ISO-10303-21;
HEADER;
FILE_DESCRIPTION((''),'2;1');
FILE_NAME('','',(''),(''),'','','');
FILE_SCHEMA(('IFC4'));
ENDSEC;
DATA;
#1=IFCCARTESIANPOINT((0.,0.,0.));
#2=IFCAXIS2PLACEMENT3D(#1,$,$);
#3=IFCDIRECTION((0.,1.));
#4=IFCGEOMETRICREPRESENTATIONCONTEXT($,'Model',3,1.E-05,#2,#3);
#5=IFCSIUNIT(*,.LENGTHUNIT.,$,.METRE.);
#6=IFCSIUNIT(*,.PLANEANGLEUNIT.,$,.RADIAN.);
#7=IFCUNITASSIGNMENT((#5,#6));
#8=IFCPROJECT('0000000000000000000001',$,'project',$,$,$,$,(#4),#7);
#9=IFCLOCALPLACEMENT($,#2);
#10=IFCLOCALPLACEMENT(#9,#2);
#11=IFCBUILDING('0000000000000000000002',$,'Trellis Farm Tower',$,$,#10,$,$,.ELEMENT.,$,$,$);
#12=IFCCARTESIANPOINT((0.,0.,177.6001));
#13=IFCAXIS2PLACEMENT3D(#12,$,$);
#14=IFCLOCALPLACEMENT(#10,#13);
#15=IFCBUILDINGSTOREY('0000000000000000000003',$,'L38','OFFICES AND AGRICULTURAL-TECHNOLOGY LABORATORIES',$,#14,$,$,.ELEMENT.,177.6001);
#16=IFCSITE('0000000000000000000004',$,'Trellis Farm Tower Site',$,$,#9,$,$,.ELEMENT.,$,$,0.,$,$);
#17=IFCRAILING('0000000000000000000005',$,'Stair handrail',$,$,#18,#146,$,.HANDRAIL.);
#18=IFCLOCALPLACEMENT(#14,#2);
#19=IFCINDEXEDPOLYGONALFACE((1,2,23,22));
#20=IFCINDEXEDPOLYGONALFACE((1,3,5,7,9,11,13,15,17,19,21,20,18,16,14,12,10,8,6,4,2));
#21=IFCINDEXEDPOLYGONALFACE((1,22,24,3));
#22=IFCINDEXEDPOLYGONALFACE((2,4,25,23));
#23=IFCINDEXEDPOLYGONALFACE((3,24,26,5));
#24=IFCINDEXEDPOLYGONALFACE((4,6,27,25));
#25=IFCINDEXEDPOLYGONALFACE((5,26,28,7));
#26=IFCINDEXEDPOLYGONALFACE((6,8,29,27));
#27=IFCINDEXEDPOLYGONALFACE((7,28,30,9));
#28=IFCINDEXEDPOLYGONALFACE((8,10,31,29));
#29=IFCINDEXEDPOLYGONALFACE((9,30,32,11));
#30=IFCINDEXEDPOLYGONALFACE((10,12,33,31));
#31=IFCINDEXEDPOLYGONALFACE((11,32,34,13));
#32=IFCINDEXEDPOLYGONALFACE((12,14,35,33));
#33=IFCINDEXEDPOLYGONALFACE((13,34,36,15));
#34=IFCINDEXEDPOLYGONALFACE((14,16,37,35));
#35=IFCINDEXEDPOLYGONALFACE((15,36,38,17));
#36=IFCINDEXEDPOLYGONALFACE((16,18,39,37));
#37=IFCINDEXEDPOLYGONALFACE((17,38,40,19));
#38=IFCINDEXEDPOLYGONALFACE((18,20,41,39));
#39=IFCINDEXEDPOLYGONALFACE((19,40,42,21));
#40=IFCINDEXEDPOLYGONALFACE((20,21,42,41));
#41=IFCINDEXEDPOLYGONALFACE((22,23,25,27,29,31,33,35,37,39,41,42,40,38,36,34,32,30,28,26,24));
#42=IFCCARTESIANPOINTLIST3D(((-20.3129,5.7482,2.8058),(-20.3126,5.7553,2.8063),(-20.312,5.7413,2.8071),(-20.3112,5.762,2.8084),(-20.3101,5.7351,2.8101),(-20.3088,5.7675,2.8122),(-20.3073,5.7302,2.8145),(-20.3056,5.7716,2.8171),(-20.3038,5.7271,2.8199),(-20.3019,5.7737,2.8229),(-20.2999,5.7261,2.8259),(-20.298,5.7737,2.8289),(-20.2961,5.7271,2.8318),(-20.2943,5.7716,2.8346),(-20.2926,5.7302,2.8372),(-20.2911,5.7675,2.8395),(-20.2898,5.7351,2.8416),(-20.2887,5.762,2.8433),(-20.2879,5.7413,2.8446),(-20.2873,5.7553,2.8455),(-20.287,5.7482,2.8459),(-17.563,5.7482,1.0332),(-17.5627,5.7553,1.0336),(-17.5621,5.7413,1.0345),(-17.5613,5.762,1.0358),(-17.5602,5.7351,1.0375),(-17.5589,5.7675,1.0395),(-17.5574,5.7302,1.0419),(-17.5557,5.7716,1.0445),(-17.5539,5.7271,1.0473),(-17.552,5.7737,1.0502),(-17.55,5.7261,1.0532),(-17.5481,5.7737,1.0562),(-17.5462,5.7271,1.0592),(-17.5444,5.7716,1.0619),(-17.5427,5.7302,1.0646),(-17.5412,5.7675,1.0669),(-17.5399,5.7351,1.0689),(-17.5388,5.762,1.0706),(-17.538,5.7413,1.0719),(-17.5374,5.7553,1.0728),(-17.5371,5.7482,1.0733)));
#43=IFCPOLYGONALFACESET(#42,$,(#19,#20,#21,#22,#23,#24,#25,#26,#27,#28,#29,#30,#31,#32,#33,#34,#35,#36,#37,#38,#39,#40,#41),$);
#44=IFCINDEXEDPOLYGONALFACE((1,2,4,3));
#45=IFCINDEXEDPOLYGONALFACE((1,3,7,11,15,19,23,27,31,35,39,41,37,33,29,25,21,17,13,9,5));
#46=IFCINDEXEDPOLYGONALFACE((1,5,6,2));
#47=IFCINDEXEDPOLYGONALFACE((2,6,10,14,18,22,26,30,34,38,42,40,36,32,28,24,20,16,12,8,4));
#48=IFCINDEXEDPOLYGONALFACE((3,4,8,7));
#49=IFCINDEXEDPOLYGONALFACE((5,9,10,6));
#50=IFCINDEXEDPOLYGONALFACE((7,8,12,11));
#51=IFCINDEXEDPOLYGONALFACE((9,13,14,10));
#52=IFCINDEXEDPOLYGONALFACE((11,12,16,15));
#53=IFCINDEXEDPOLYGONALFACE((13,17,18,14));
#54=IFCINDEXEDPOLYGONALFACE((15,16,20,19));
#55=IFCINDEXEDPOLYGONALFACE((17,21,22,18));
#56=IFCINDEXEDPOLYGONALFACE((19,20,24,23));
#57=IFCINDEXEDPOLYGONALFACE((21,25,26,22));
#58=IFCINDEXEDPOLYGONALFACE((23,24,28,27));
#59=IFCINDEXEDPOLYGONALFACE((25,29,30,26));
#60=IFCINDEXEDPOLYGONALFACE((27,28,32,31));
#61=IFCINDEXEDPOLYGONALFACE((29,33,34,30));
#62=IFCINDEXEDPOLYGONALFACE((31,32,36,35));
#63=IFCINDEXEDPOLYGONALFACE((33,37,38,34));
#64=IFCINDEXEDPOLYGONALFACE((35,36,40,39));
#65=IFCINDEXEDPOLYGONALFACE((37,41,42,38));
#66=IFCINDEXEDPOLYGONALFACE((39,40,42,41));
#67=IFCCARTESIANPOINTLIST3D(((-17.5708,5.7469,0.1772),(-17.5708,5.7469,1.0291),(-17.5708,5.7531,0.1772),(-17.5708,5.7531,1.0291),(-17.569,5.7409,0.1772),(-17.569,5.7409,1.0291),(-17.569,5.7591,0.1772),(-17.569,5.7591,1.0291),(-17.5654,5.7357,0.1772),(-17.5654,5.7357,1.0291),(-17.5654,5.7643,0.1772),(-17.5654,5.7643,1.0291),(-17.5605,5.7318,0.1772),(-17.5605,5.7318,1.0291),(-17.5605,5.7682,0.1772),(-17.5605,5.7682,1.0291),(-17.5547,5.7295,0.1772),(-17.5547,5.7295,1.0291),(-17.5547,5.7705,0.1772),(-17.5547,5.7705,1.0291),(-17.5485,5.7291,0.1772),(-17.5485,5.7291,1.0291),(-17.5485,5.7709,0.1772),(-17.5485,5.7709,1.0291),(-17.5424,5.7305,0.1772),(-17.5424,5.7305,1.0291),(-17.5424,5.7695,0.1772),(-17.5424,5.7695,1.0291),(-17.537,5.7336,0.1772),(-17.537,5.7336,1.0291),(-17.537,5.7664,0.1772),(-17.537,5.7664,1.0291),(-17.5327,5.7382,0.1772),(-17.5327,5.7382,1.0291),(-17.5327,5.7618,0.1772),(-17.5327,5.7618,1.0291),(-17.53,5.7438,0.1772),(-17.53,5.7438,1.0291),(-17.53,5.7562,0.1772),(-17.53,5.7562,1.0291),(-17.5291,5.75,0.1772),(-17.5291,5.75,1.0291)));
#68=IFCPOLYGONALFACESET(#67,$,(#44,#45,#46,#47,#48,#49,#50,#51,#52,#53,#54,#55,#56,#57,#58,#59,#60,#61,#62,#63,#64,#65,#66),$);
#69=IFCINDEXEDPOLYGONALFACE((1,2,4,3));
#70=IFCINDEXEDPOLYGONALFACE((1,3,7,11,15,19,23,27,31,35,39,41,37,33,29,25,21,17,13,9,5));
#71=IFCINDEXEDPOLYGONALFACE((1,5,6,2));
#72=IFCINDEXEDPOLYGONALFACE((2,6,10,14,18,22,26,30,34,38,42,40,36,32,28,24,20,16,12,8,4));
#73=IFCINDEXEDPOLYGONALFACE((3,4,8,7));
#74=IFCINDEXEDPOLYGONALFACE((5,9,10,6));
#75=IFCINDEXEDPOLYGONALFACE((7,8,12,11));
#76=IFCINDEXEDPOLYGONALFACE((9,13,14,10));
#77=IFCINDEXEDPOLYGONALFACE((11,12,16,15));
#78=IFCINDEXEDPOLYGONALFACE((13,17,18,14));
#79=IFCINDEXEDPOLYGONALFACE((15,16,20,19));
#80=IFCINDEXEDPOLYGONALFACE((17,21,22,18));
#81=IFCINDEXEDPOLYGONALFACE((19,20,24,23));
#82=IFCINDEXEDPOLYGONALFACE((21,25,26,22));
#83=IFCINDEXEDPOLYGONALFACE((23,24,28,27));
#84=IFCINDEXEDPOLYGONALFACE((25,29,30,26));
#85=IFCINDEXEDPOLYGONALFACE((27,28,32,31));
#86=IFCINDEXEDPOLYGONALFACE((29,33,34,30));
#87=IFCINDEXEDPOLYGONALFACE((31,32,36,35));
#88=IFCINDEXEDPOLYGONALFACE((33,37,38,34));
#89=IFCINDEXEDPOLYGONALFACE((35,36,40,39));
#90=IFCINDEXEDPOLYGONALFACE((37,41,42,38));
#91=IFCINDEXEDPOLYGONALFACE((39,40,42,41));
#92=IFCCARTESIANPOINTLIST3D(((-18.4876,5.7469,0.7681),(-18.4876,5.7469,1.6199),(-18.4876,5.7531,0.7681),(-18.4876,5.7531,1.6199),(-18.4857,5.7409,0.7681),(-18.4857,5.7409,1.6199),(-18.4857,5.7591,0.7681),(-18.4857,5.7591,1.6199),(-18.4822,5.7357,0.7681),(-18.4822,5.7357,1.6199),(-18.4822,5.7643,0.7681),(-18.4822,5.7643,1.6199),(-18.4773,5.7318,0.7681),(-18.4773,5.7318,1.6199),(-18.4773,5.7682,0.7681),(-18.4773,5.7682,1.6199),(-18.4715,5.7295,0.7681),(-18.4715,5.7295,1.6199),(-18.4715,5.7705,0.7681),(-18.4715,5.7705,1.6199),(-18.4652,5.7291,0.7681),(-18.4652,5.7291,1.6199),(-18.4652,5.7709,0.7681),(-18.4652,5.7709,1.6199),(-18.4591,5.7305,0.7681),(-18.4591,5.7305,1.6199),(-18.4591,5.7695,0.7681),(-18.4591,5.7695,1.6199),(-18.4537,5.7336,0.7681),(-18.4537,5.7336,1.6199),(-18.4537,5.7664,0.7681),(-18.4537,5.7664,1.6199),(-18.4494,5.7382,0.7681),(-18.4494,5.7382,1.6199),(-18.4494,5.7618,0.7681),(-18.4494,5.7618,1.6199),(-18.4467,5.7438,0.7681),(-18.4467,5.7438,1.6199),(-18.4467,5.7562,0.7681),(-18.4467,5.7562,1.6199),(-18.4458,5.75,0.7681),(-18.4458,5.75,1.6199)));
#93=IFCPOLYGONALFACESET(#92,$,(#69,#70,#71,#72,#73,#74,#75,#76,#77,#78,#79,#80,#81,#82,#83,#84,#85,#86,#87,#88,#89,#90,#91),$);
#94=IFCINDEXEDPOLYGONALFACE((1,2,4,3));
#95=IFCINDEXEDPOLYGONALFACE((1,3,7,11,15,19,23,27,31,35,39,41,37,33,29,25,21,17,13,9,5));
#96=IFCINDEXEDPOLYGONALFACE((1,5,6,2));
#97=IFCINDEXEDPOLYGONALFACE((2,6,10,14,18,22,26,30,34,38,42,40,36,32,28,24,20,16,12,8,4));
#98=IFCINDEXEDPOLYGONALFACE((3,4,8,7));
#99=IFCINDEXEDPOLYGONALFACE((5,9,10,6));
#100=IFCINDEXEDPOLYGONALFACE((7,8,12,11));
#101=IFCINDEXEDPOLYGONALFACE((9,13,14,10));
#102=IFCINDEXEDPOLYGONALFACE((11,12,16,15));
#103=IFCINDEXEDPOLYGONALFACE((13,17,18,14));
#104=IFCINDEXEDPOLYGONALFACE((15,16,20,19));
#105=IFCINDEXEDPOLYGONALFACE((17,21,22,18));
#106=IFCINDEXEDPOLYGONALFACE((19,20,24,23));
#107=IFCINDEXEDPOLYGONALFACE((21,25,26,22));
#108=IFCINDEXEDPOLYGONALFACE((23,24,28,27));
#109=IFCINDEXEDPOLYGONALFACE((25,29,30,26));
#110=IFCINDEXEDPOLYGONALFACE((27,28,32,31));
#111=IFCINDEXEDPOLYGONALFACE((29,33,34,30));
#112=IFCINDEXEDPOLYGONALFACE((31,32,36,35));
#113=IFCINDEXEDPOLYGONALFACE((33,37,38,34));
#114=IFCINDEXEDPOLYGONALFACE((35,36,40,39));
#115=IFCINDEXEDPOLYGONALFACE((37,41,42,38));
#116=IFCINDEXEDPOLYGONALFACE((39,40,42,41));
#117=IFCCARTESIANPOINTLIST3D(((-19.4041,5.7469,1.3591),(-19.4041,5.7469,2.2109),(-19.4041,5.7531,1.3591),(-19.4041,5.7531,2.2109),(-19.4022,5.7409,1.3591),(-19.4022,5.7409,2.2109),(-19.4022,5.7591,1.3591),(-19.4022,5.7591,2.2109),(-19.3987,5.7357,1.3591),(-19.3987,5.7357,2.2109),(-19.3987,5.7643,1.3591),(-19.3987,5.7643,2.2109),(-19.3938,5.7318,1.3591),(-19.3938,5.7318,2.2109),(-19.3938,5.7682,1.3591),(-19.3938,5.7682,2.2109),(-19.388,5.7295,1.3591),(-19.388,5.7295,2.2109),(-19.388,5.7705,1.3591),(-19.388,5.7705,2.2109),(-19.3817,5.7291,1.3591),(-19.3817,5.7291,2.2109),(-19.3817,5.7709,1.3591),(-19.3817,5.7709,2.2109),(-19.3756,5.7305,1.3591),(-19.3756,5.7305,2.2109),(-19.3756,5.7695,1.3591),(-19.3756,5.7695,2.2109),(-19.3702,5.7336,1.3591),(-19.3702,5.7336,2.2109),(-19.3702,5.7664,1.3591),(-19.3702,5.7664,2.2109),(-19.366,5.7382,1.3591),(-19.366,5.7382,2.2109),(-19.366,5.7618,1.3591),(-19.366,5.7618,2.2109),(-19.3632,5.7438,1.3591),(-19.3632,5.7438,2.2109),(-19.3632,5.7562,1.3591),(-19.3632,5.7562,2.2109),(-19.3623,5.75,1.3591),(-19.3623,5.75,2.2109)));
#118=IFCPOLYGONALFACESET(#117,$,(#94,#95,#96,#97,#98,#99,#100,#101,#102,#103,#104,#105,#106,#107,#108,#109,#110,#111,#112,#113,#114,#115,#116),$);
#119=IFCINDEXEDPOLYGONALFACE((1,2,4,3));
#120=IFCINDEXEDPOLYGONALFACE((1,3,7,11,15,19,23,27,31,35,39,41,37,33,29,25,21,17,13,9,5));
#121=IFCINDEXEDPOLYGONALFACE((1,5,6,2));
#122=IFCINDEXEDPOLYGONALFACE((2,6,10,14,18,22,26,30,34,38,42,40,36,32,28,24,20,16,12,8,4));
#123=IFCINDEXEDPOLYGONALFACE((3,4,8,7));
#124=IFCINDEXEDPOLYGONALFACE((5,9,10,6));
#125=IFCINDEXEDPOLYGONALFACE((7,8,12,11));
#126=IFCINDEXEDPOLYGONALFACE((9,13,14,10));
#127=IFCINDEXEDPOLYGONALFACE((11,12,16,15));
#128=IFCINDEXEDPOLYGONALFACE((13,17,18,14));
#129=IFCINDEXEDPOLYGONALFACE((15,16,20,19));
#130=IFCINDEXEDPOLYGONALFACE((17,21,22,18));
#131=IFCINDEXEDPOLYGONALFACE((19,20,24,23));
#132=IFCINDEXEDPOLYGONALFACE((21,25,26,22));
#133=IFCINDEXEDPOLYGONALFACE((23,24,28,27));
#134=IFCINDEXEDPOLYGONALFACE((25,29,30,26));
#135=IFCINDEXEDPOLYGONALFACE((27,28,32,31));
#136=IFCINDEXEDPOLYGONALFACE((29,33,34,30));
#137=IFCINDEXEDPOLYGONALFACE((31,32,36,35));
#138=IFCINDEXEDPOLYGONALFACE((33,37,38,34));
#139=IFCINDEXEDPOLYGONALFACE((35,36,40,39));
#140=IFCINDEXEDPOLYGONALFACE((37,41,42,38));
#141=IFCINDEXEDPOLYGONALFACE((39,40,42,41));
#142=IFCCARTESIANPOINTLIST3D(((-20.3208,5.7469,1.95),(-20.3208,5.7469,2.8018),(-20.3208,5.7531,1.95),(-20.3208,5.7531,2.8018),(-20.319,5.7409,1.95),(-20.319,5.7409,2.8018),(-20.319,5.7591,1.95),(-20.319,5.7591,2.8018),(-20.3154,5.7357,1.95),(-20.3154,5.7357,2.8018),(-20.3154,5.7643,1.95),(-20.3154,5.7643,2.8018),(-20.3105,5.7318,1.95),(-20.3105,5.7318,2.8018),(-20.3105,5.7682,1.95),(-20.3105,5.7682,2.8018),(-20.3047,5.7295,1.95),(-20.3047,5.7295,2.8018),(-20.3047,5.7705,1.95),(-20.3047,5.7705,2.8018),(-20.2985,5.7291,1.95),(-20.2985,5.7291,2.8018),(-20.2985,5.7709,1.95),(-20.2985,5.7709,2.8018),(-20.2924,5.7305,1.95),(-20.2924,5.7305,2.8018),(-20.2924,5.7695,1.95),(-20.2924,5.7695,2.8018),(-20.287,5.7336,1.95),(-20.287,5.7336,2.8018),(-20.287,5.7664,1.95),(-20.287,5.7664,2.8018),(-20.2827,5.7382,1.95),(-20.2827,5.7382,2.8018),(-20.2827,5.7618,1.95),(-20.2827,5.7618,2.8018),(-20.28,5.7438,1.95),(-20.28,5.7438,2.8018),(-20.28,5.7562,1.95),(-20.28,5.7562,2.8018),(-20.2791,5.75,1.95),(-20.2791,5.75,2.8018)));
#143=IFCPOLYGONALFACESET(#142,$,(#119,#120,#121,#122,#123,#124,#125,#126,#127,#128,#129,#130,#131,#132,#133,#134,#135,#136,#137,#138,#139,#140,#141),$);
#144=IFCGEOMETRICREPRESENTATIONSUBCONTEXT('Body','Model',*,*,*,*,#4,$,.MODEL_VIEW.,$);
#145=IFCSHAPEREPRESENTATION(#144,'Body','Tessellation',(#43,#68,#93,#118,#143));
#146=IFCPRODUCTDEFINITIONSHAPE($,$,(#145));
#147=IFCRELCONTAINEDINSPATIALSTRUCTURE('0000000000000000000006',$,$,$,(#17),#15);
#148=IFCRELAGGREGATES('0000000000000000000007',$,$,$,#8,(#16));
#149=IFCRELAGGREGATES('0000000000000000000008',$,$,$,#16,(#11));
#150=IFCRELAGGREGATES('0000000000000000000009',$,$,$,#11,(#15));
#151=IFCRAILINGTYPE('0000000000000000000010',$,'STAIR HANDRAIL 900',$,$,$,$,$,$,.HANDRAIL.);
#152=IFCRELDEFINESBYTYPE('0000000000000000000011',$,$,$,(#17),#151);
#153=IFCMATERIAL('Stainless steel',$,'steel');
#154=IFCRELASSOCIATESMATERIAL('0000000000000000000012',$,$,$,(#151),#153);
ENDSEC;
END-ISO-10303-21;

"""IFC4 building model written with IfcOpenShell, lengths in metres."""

from ifc_helpers import new_model, si_unit, direction, frame, origin, origin_2d, place, context, subcontext, project, spatial, circle, extrude, source, transform, mapped, material, type_object, element, save


model = new_model("IFC4")

# Units and contexts
model_context = context("Model", 3, precision=1e-05, world=origin(), true_north=direction((0.0, 1.0)))
body_context = subcontext(model_context, "Body", "Model", "MODEL_VIEW")
ifc_project = project(units=[si_unit("LENGTHUNIT", "METRE"), si_unit("PLANEANGLEUNIT", "RADIAN")], contexts=[model_context])

# Site, building, storey
site_placement = place(None, origin())
site = spatial("IfcSite", under=ifc_project, at=site_placement, Name="Trellis Farm Tower Site", CompositionType="ELEMENT", RefElevation=0.0)
building_placement = place(site_placement, origin())
building = spatial("IfcBuilding", under=site, at=building_placement, Name="Trellis Farm Tower", CompositionType="ELEMENT")
storey_placement = place(building_placement, frame((0.0, 0.0, 177.6001)))
storey = spatial("IfcBuildingStorey", under=building, at=storey_placement, Name="L38", Description="OFFICES AND AGRICULTURAL-TECHNOLOGY LABORATORIES", CompositionType="ELEMENT", Elevation=177.6001)

# Railing
ifc_material_1 = material(Name="Stainless steel", Category="steel")
railing_type = type_object("IfcRailingType", Name="STAIR HANDRAIL 900", PredefinedType="HANDRAIL", material=ifc_material_1)
shared_shape_1 = source(origin(), body_context, "Body", "SweptSolid", [
    extrude(circle(Radius=0.0239, at=origin_2d()), frame((0.0, 0.0, 0.876), z_axis=(-0.840504, 0.0, 0.541806), x_axis=(0.0, -1.0, 0.0)), (0.0, 0.0, 1.0), 3.2717),
    extrude(circle(Radius=0.021, at=origin_2d()), origin(), (0.0, 0.0, 1.0), 0.8518),
    extrude(circle(Radius=0.021, at=origin_2d()), frame((-0.9167, 0.0, 0.5908)), (0.0, 0.0, 1.0), 0.8518),
    extrude(circle(Radius=0.021, at=origin_2d()), frame((-1.8333, 0.0, 1.1819)), (0.0, 0.0, 1.0), 0.8518),
    extrude(circle(Radius=0.021, at=origin_2d()), frame((-2.75, 0.0, 1.7727)), (0.0, 0.0, 1.0), 0.8518),
])
for number, where, name in (
    (1, (-17.55, 5.75, 0.1772), "Stair handrail"),
):
    element("IfcRailing", number, at=place(storey_placement, frame(where)), inside=storey, type_object=railing_type, Name=name, PredefinedType="HANDRAIL", context=body_context, shape_type="MappedRepresentation", body=[
        mapped(shared_shape_1, transform((0.0, 0.0, 0.0))),
    ])

save(model, "model.ifc")
